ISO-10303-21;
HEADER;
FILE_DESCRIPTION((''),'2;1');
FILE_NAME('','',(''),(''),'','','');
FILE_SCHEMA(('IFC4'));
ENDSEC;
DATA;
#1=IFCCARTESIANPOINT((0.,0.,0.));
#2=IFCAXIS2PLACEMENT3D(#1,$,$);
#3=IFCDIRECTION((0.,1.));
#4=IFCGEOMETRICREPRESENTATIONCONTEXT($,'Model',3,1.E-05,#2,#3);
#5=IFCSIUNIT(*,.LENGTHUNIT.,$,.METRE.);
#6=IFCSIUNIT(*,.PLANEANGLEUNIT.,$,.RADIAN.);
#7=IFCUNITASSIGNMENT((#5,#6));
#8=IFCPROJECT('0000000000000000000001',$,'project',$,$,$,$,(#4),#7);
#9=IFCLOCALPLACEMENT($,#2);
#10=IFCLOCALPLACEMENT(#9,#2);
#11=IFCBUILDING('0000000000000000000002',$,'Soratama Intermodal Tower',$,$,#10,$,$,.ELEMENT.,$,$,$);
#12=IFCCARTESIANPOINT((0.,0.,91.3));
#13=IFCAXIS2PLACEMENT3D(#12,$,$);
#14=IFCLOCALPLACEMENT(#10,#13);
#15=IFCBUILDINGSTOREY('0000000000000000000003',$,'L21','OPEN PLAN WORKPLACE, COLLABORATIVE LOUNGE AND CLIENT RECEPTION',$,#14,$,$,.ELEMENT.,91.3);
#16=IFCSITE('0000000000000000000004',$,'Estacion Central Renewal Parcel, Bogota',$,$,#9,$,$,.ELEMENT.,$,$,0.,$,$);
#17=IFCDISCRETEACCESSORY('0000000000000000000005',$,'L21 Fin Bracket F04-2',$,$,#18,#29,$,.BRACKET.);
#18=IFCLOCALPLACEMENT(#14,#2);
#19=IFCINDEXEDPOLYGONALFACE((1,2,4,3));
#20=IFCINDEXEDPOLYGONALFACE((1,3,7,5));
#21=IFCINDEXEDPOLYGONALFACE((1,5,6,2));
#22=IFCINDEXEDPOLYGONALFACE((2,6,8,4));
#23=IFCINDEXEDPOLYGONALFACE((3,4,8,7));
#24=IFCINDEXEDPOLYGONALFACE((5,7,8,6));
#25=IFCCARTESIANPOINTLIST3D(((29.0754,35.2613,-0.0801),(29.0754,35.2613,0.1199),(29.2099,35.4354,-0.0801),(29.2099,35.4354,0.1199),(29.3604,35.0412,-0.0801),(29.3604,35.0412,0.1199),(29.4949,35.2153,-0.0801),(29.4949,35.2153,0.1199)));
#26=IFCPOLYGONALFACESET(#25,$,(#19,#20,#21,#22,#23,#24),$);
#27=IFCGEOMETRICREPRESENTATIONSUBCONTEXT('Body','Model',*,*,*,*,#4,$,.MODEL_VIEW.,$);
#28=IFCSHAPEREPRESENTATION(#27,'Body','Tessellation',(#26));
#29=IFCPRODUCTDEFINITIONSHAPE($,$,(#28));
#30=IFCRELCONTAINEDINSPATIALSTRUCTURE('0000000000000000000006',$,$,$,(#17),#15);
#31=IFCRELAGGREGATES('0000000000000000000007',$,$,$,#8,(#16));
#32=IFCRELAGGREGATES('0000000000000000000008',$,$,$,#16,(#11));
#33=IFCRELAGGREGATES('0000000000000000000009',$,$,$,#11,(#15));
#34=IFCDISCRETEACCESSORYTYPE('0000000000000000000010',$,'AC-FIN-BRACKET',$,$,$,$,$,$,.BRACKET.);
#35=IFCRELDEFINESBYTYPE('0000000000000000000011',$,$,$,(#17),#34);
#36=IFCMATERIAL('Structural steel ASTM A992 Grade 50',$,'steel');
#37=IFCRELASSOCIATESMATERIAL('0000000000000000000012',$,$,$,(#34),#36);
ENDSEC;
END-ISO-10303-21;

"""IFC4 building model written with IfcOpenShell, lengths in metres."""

from ifc_helpers import new_model, si_unit, direction, frame, origin, origin_2d, place, context, subcontext, project, spatial, rectangle, extrude, material, type_object, element, save


model = new_model("IFC4")

# Units and contexts
model_context = context("Model", 3, precision=1e-05, world=origin(), true_north=direction((0.0, 1.0)))
body_context = subcontext(model_context, "Body", "Model", "MODEL_VIEW")
ifc_project = project(units=[si_unit("LENGTHUNIT", "METRE"), si_unit("PLANEANGLEUNIT", "RADIAN")], contexts=[model_context])

# Site, building, storey
site_placement = place(None, origin())
site = spatial("IfcSite", under=ifc_project, at=site_placement, Name="Estacion Central Renewal Parcel, Bogota", CompositionType="ELEMENT", RefElevation=0.0)
building_placement = place(site_placement, origin())
building = spatial("IfcBuilding", under=site, at=building_placement, Name="Soratama Intermodal Tower", CompositionType="ELEMENT")
storey_placement = place(building_placement, frame((0.0, 0.0, 91.3)))
storey = spatial("IfcBuildingStorey", under=building, at=storey_placement, Name="L21", Description="OPEN PLAN WORKPLACE, COLLABORATIVE LOUNGE AND CLIENT RECEPTION", CompositionType="ELEMENT", Elevation=91.3)

# Discrete accessory
ifc_material_1 = material(Name="Structural steel ASTM A992 Grade 50", Category="steel")
discrete_accessory_type = type_object("IfcDiscreteAccessoryType", Name="AC-FIN-BRACKET", PredefinedType="BRACKET", material=ifc_material_1)
discrete_accessory_placement = place(storey_placement, frame((29.2852, 35.2383, -0.0801), z_axis=(0.0, 0.0, 1.0), x_axis=(-0.791437, 0.611251, 0.0)))
element("IfcDiscreteAccessory", 1, at=discrete_accessory_placement, inside=storey, type_object=discrete_accessory_type, Name="L21 Fin Bracket F04-2", PredefinedType="BRACKET", context=body_context, shape_type="SweptSolid", body=[
    extrude(rectangle(XDim=0.3601, YDim=0.22, at=origin_2d()), origin(), (0.0, 0.0, 1.0), 0.2),
])

save(model, "model.ifc")
